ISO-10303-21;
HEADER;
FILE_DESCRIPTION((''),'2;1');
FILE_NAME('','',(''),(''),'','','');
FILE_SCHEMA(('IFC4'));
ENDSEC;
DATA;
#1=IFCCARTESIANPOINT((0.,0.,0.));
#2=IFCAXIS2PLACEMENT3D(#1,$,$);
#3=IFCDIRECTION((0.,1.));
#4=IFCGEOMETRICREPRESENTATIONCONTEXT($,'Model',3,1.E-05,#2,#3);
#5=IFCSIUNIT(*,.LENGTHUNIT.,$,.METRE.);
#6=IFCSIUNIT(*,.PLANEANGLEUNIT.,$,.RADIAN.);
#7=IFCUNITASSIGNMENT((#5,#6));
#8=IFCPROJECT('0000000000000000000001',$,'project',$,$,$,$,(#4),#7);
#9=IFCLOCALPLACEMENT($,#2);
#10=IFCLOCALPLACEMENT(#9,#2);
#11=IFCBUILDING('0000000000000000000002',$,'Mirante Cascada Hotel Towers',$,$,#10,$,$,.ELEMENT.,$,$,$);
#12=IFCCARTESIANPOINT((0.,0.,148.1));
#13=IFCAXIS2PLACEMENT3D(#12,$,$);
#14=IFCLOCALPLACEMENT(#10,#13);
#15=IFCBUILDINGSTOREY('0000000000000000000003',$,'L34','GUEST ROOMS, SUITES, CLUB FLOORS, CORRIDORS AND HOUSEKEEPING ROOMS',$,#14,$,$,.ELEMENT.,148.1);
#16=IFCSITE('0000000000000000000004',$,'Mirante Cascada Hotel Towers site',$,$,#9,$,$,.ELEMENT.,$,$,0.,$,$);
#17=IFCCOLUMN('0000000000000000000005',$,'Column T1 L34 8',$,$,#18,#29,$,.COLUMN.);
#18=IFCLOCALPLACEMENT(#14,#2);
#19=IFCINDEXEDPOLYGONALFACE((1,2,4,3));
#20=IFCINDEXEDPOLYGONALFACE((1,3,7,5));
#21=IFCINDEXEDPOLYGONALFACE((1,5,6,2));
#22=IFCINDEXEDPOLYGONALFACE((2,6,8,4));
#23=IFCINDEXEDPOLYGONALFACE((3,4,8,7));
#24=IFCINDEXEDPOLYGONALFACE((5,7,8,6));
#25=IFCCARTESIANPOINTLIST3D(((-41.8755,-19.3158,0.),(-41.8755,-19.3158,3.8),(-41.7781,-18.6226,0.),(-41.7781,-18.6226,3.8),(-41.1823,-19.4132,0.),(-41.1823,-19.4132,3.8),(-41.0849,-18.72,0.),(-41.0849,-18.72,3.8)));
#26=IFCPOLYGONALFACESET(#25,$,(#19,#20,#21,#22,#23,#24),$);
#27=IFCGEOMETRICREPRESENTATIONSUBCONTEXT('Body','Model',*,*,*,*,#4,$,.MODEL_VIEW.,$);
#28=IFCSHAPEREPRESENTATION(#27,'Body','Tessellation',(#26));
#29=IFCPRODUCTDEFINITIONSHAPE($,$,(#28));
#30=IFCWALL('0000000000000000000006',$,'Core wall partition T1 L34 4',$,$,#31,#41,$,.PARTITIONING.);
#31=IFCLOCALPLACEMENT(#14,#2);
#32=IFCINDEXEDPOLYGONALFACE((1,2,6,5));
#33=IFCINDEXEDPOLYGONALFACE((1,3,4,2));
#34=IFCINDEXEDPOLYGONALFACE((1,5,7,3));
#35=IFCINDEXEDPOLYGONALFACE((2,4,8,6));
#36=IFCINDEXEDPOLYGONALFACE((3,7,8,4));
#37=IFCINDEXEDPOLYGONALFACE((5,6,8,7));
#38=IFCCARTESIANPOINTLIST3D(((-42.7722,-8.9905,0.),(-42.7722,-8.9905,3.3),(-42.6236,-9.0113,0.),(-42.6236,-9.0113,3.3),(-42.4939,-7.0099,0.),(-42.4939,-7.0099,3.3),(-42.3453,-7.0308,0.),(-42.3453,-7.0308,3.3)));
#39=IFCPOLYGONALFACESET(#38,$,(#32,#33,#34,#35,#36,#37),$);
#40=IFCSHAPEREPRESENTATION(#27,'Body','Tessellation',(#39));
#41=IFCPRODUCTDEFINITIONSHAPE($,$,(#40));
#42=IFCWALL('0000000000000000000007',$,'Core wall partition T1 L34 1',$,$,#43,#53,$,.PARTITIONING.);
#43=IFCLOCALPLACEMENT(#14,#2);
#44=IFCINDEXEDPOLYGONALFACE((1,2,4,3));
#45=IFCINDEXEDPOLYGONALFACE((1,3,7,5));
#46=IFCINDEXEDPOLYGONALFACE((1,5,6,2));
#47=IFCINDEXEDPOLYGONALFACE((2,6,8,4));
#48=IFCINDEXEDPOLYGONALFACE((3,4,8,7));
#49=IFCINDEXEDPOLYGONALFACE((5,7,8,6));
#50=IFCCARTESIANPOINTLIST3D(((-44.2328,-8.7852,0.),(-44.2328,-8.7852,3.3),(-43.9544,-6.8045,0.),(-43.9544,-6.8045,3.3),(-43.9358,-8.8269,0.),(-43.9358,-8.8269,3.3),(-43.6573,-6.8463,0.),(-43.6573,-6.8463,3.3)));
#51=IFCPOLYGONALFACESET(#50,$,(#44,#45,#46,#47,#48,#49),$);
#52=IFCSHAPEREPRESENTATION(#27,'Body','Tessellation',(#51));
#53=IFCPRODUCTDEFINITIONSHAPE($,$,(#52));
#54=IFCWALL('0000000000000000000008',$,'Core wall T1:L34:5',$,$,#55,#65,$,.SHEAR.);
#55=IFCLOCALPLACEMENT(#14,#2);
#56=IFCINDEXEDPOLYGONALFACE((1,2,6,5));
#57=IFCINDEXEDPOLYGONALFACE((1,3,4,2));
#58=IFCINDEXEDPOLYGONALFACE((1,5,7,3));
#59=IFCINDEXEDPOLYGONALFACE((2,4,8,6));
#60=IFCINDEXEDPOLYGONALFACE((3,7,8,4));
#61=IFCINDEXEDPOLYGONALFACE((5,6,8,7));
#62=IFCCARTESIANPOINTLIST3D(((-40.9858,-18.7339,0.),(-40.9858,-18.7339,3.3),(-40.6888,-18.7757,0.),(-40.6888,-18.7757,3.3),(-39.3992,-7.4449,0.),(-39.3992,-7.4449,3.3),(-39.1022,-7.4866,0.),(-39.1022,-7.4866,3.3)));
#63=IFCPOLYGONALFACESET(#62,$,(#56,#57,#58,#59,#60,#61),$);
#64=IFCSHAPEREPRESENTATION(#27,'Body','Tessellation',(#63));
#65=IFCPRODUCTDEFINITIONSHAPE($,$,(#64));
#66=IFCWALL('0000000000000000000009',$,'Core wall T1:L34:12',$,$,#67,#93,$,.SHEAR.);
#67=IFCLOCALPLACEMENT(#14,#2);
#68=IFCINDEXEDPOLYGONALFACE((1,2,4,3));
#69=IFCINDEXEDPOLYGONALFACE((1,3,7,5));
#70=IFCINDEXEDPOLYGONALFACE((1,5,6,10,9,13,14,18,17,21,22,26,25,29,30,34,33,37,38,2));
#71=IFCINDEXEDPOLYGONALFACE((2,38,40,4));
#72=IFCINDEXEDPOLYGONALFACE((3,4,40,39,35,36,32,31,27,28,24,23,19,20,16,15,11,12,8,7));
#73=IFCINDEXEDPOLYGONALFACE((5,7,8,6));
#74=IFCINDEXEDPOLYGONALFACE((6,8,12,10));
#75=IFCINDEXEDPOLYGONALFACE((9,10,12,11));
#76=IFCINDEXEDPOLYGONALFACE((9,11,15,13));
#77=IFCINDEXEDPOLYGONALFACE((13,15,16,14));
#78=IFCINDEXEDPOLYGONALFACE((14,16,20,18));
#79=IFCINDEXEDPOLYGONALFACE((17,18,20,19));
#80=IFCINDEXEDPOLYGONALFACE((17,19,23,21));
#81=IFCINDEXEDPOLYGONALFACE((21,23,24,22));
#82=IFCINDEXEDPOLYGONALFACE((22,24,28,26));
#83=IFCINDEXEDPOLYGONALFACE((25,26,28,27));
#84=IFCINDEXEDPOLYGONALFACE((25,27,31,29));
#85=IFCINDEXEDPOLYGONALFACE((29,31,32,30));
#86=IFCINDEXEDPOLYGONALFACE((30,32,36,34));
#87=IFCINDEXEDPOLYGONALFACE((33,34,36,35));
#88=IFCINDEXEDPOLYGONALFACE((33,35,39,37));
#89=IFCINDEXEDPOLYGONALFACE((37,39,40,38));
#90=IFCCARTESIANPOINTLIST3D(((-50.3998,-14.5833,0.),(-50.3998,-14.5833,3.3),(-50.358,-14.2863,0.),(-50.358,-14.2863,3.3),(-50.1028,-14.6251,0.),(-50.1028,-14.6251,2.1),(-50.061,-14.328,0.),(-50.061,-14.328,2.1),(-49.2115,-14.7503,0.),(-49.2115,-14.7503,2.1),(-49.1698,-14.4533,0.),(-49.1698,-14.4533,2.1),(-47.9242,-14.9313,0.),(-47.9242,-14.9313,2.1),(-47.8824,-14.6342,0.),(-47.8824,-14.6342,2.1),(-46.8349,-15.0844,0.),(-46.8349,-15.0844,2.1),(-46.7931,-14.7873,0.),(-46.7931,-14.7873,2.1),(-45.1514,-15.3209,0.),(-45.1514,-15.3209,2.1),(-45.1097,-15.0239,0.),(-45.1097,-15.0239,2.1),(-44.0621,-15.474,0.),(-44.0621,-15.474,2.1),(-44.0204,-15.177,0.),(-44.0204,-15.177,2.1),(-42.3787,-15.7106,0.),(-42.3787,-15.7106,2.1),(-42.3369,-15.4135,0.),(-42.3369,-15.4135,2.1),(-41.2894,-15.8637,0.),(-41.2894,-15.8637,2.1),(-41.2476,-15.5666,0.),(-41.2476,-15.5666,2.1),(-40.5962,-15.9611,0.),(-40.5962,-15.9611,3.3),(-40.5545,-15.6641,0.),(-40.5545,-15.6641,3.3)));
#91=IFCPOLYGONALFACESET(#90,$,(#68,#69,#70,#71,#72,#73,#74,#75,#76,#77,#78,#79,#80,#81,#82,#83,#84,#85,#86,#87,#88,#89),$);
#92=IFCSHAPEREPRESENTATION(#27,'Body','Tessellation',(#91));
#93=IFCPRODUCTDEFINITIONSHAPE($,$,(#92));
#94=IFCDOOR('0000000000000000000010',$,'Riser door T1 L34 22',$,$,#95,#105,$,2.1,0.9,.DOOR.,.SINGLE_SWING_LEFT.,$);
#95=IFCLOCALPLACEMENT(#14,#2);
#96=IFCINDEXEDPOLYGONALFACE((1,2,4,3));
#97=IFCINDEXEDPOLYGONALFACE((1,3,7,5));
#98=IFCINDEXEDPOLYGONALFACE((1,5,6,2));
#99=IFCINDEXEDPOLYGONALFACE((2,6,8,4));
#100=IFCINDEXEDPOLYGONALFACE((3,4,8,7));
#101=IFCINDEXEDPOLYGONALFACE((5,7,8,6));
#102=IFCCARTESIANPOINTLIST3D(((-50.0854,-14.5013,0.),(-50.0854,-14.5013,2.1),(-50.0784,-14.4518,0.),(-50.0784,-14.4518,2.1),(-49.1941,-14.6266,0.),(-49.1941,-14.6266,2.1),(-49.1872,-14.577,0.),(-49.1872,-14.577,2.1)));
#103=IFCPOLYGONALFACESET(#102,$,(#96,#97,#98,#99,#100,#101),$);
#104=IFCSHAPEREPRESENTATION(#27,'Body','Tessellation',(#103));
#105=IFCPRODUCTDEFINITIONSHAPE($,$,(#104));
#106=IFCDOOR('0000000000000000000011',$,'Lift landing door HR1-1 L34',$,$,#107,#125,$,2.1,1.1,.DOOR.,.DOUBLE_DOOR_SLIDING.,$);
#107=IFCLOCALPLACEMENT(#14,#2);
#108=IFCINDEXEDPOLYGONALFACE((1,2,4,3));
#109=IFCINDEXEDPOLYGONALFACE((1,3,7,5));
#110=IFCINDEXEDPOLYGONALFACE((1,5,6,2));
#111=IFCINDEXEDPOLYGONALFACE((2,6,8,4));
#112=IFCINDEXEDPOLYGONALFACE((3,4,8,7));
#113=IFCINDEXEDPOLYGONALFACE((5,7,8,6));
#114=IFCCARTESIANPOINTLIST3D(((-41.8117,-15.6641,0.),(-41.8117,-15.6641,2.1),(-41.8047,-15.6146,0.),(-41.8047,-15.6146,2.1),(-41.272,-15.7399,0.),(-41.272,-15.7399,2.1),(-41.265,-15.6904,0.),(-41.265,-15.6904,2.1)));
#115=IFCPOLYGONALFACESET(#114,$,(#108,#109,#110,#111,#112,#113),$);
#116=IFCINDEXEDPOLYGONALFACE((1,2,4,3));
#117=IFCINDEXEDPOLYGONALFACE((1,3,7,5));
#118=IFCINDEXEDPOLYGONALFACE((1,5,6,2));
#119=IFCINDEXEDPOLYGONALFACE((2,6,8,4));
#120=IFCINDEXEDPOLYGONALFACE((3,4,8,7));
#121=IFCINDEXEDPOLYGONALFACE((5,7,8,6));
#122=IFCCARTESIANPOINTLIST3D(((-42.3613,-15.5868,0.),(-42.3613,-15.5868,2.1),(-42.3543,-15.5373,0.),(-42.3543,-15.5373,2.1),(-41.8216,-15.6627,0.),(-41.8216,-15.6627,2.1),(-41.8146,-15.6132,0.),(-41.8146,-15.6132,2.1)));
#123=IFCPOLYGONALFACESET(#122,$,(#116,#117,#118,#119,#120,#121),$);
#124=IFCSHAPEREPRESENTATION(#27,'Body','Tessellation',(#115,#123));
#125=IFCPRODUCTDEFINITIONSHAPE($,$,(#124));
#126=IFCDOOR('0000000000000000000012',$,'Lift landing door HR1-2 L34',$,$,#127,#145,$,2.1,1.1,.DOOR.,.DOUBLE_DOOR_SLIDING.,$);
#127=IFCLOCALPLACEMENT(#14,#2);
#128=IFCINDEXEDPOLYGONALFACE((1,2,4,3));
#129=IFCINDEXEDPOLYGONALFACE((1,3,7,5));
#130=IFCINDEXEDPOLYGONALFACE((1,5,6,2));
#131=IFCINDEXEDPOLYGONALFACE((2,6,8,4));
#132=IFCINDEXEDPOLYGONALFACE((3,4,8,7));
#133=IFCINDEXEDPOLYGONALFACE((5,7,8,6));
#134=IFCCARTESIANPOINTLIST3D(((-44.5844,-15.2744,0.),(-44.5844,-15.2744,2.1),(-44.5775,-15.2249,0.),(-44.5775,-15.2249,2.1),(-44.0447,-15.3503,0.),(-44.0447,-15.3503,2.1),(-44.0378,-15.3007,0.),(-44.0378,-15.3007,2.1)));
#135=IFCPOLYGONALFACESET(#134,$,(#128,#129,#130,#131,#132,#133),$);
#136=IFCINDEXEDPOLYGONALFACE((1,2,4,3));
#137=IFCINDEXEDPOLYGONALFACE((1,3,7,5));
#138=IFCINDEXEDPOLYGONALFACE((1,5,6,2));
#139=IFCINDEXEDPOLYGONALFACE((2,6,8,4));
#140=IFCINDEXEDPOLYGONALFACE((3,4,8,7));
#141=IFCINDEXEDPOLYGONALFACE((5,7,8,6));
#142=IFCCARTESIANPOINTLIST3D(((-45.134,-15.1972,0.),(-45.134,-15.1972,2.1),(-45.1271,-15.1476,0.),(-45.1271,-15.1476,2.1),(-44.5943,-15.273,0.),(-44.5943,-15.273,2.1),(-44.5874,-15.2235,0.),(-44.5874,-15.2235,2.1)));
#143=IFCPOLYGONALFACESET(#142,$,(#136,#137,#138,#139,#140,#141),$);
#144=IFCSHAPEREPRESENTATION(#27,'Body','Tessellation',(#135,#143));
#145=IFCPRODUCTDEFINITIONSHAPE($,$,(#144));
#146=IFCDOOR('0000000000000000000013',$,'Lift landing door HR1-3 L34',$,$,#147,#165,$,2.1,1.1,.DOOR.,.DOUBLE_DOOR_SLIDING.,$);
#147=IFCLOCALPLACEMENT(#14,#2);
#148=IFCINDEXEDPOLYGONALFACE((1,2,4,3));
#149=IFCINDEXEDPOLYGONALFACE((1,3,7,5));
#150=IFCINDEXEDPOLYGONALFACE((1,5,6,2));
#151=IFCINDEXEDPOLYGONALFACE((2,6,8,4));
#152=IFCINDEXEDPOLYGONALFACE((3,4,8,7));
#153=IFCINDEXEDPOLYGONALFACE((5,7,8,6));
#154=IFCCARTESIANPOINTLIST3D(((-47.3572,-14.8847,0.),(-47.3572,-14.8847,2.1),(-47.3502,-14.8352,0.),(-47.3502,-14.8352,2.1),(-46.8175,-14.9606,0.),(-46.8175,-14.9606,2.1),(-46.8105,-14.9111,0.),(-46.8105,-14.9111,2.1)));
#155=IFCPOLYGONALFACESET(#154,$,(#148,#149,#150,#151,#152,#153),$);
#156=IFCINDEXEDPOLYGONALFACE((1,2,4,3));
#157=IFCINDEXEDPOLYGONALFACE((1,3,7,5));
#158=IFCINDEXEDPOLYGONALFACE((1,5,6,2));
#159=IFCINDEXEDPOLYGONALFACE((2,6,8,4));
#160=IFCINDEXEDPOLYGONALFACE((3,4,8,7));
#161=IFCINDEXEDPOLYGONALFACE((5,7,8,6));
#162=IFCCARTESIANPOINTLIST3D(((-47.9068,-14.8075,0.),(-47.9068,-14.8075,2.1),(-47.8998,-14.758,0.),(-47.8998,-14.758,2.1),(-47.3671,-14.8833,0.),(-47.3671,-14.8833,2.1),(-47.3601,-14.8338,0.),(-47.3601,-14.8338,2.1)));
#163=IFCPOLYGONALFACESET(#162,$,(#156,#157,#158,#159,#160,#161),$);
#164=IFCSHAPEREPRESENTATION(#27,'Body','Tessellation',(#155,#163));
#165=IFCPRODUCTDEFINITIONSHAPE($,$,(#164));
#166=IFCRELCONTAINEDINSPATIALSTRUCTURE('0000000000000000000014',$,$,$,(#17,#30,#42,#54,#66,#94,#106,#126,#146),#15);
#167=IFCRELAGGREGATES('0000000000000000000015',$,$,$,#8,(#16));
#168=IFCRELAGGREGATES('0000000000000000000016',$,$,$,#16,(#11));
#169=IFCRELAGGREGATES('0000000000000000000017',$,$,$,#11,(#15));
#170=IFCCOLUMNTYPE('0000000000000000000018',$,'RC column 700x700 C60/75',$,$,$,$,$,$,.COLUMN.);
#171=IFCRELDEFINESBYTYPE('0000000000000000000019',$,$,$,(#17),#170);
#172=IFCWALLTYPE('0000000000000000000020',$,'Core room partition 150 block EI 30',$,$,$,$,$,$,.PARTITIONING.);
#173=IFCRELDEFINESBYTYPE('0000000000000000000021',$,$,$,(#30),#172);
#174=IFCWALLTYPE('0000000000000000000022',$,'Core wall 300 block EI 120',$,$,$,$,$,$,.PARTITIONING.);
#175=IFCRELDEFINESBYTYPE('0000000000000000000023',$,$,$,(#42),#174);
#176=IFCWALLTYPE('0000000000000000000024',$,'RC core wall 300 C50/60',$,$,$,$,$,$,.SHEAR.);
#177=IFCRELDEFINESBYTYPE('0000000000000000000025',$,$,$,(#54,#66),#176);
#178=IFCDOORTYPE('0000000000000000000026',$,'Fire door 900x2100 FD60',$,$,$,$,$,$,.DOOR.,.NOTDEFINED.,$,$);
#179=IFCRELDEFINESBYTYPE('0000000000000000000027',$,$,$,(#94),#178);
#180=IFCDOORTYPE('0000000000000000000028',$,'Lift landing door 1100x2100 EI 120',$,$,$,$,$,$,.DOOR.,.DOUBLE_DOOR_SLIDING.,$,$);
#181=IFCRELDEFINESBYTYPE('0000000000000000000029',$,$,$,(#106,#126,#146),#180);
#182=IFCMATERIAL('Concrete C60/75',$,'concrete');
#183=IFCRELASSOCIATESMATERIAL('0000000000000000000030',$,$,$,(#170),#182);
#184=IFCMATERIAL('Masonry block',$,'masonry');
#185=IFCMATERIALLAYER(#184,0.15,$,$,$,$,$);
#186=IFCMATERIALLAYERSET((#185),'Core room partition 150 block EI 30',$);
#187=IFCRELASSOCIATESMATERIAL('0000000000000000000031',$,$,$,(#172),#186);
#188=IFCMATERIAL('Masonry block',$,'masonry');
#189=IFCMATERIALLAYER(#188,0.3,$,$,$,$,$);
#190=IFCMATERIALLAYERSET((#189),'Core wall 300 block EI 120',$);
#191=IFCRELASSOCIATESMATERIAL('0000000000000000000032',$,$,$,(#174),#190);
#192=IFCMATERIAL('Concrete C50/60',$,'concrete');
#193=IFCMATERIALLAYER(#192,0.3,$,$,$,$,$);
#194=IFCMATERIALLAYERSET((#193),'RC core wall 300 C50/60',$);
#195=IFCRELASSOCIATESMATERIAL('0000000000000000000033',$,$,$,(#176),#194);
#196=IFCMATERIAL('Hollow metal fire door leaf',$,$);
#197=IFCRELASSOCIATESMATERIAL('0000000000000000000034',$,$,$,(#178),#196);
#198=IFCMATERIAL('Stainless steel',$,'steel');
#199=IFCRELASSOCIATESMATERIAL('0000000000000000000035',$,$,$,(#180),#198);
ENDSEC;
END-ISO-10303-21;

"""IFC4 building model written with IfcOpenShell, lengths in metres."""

from ifc_helpers import new_model, si_unit, direction, frame, frame_2d, origin, origin_2d, place, context, subcontext, project, spatial, rectangle, extrude, material, layer, layer_set, material_profile, profile_set, type_object, element, fill, save


model = new_model("IFC4")

# Units and contexts
model_context = context("Model", 3, precision=1e-05, world=origin(), true_north=direction((0.0, 1.0)))
body_context = subcontext(model_context, "Body", "Model", "MODEL_VIEW")
ifc_project = project(units=[si_unit("LENGTHUNIT", "METRE"), si_unit("PLANEANGLEUNIT", "RADIAN")], contexts=[model_context])

# Site, building, storey
site_placement = place(None, origin())
site = spatial("IfcSite", under=ifc_project, at=site_placement, Name="Mirante Cascada Hotel Towers site", CompositionType="ELEMENT", RefElevation=0.0)
building_placement = place(site_placement, origin())
building = spatial("IfcBuilding", under=site, at=building_placement, Name="Mirante Cascada Hotel Towers", CompositionType="ELEMENT")
storey_placement = place(building_placement, frame((0.0, 0.0, 148.1)))
storey = spatial("IfcBuildingStorey", under=building, at=storey_placement, Name="L34", Description="GUEST ROOMS, SUITES, CLUB FLOORS, CORRIDORS AND HOUSEKEEPING ROOMS", CompositionType="ELEMENT", Elevation=148.1)

# Column
ifc_material_1 = material(Name="Concrete C60/75", Category="concrete")
ifc_material_profile = material_profile(ifc_material_1, rectangle(XDim=0.7, YDim=0.7, at=origin_2d()), Name="RC column 700x700 C60/75")
ifc_profile_set = profile_set([ifc_material_profile], Name="Concrete C60/75")
column_type = type_object("IfcColumnType", Name="RC column 700x700 C60/75", PredefinedType="COLUMN", material=ifc_profile_set)
column_placement = place(storey_placement, frame((-41.4802, -19.0179, 0.0), z_axis=(0.0, 0.0, 1.0), x_axis=(-0.990268, 0.139173, 0.0)))
element("IfcColumn", 1, at=column_placement, inside=storey, type_object=column_type, Name="Column T1 L34 8", PredefinedType="COLUMN", context=body_context, shape_type="SweptSolid", body=[
    extrude(rectangle(XDim=0.7, YDim=0.7, at=origin_2d()), origin(), (0.0, 0.0, 1.0), 3.8),
])

# Walls
ifc_material_2 = material(Name="Masonry block", Category="masonry")
ifc_layer_1 = layer(ifc_material_2, 0.15)
ifc_layer_set_1 = layer_set([ifc_layer_1], Name="Core room partition 150 block EI 30")
wall_type_1 = type_object("IfcWallType", Name="Core room partition 150 block EI 30", PredefinedType="PARTITIONING", material=ifc_layer_set_1)
wall_1_placement = place(storey_placement, frame((-42.6979, -9.0009, 0.0), z_axis=(0.0, 0.0, 1.0), x_axis=(0.139153, 0.990271, 0.0)))
element("IfcWall", 2, at=wall_1_placement, inside=storey, type_object=wall_type_1, Name="Core wall partition T1 L34 4", PredefinedType="PARTITIONING", context=body_context, shape_type="SweptSolid", body=[
    extrude(rectangle(XDim=2.0, YDim=0.15, at=frame_2d((1.0, 0.0))), origin(), (0.0, 0.0, 1.0), 3.3),
])
ifc_material_3 = material(Name="Masonry block", Category="masonry")
ifc_layer_2 = layer(ifc_material_3, 0.3)
ifc_layer_set_2 = layer_set([ifc_layer_2], Name="Core wall 300 block EI 120")
wall_type_2 = type_object("IfcWallType", Name="Core wall 300 block EI 120", PredefinedType="PARTITIONING", material=ifc_layer_set_2)
wall_2_placement = place(storey_placement, frame((-44.0843, -8.8061, 0.0), z_axis=(0.0, 0.0, 1.0), x_axis=(0.139195, 0.990265, 0.0)))
element("IfcWall", 3, at=wall_2_placement, inside=storey, type_object=wall_type_2, Name="Core wall partition T1 L34 1", PredefinedType="PARTITIONING", context=body_context, shape_type="SweptSolid", body=[
    extrude(rectangle(XDim=2.0001, YDim=0.3, at=frame_2d((1.0001, 0.0))), origin(), (0.0, 0.0, 1.0), 3.3),
])
ifc_material_4 = material(Name="Concrete C50/60", Category="concrete")
ifc_layer_3 = layer(ifc_material_4, 0.3)
ifc_layer_set_3 = layer_set([ifc_layer_3], Name="RC core wall 300 C50/60")
wall_type_3 = type_object("IfcWallType", Name="RC core wall 300 C50/60", PredefinedType="SHEAR", material=ifc_layer_set_3)
wall_3_placement = place(storey_placement, frame((-40.8373, -18.7548, 0.0), z_axis=(0.0, 0.0, 1.0), x_axis=(0.139175, 0.990268, 0.0)))
element("IfcWall", 4, at=wall_3_placement, inside=storey, type_object=wall_type_3, Name="Core wall T1:L34:5", PredefinedType="SHEAR", context=body_context, shape_type="SweptSolid", body=[
    extrude(rectangle(XDim=11.4, YDim=0.3, at=frame_2d((5.7, 0.0))), origin(), (0.0, 0.0, 1.0), 3.3),
])

# Wall, openings, doors
wall_4_placement = place(storey_placement, frame((-40.5753, -15.8126, 0.0), z_axis=(0.0, 0.0, 1.0), x_axis=(-0.990268, 0.139173, 0.0)))
wall_4 = element("IfcWall", 5, at=wall_4_placement, inside=storey, type_object=wall_type_3, Name="Core wall T1:L34:12", PredefinedType="SHEAR", context=body_context, shape_type="SweptSolid", body=[
    extrude(rectangle(XDim=9.8999, YDim=0.3, at=frame_2d((4.95, 0.0))), origin(), (0.0, 0.0, 1.0), 3.3),
])
opening_1_placement = place(wall_4_placement, frame((0.7, 0.0, 0.0)))
opening_1 = element("IfcOpeningElement", 6, at=opening_1_placement, cuts=wall_4, PredefinedType="OPENING", context=body_context, shape_type="SweptSolid", body=[
    extrude(rectangle(XDim=1.1, YDim=2.1, at=frame_2d((0.55, 1.05))), frame((0.0, 0.15, 0.0), z_axis=(0.0, -1.0, 0.0), x_axis=(1.0, 0.0, 0.0)), (0.0, 0.0, 1.0), 0.3),
])
opening_2_placement = place(wall_4_placement, frame((3.5, 0.0, 0.0)))
opening_2 = element("IfcOpeningElement", 7, at=opening_2_placement, cuts=wall_4, PredefinedType="OPENING", context=body_context, shape_type="SweptSolid", body=[
    extrude(rectangle(XDim=1.1, YDim=2.1, at=frame_2d((0.55, 1.05))), frame((0.0, 0.15, 0.0), z_axis=(0.0, -1.0, 0.0), x_axis=(1.0, 0.0, 0.0)), (0.0, 0.0, 1.0), 0.3),
])
opening_3_placement = place(wall_4_placement, frame((6.3, 0.0, 0.0)))
opening_3 = element("IfcOpeningElement", 8, at=opening_3_placement, cuts=wall_4, PredefinedType="OPENING", context=body_context, shape_type="SweptSolid", body=[
    extrude(rectangle(XDim=1.1, YDim=2.1, at=frame_2d((0.55, 1.05))), frame((0.0, 0.15, 0.0), z_axis=(0.0, -1.0, 0.0), x_axis=(1.0, 0.0, 0.0)), (0.0, 0.0, 1.0), 0.3),
])
opening_4_placement = place(wall_4_placement, frame((8.7, 0.0, 0.0)))
opening_4 = element("IfcOpeningElement", 9, at=opening_4_placement, cuts=wall_4, PredefinedType="OPENING", context=body_context, shape_type="SweptSolid", body=[
    extrude(rectangle(XDim=0.9, YDim=2.1, at=frame_2d((0.45, 1.05))), frame((0.0, 0.15, 0.0), z_axis=(0.0, -1.0, 0.0), x_axis=(1.0, 0.0, 0.0)), (0.0, 0.0, 1.0), 0.3),
])
ifc_material_5 = material(Name="Hollow metal fire door leaf")
door_type_1 = type_object("IfcDoorType", Name="Fire door 900x2100 FD60", OperationType="NOTDEFINED", PredefinedType="DOOR", material=ifc_material_5)
door_1_placement = place(opening_4_placement, origin())
door_1 = element("IfcDoor", 10, at=door_1_placement, inside=storey, type_object=door_type_1, Name="Riser door T1 L34 22", OperationType="SINGLE_SWING_LEFT", OverallHeight=2.1, OverallWidth=0.9, PredefinedType="DOOR", context=body_context, shape_type="SweptSolid", body=[
    extrude(rectangle(XDim=0.9, YDim=2.1, at=frame_2d((0.45, 1.05))), frame((0.0, 0.025, 0.0), z_axis=(0.0, -1.0, 0.0), x_axis=(1.0, 0.0, 0.0)), (0.0, 0.0, 1.0), 0.05),
])
fill(opening_4, door_1)
ifc_material_6 = material(Name="Stainless steel", Category="steel")
door_type_2 = type_object("IfcDoorType", Name="Lift landing door 1100x2100 EI 120", OperationType="DOUBLE_DOOR_SLIDING", PredefinedType="DOOR", material=ifc_material_6)
door_2_placement = place(opening_1_placement, origin())
door_2 = element("IfcDoor", 11, at=door_2_placement, inside=storey, type_object=door_type_2, Name="Lift landing door HR1-1 L34", OperationType="DOUBLE_DOOR_SLIDING", OverallHeight=2.1, OverallWidth=1.1, PredefinedType="DOOR", context=body_context, shape_type="SweptSolid", body=[
    extrude(rectangle(XDim=0.545, YDim=2.1, at=frame_2d((0.2725, 1.05))), frame((0.0, 0.025, 0.0), z_axis=(0.0, -1.0, 0.0), x_axis=(1.0, 0.0, 0.0)), (0.0, 0.0, 1.0), 0.05),
    extrude(rectangle(XDim=0.545, YDim=2.1, at=frame_2d((0.8275, 1.05))), frame((0.0, 0.025, 0.0), z_axis=(0.0, -1.0, 0.0), x_axis=(1.0, 0.0, 0.0)), (0.0, 0.0, 1.0), 0.05),
])
fill(opening_1, door_2)
door_3_placement = place(opening_2_placement, origin())
door_3 = element("IfcDoor", 12, at=door_3_placement, inside=storey, type_object=door_type_2, Name="Lift landing door HR1-2 L34", OperationType="DOUBLE_DOOR_SLIDING", OverallHeight=2.1, OverallWidth=1.1, PredefinedType="DOOR", context=body_context, shape_type="SweptSolid", body=[
    extrude(rectangle(XDim=0.545, YDim=2.1, at=frame_2d((0.2725, 1.05))), frame((0.0, 0.025, 0.0), z_axis=(0.0, -1.0, 0.0), x_axis=(1.0, 0.0, 0.0)), (0.0, 0.0, 1.0), 0.05),
    extrude(rectangle(XDim=0.545, YDim=2.1, at=frame_2d((0.8275, 1.05))), frame((0.0, 0.025, 0.0), z_axis=(0.0, -1.0, 0.0), x_axis=(1.0, 0.0, 0.0)), (0.0, 0.0, 1.0), 0.05),
])
fill(opening_2, door_3)
door_4_placement = place(opening_3_placement, origin())
door_4 = element("IfcDoor", 13, at=door_4_placement, inside=storey, type_object=door_type_2, Name="Lift landing door HR1-3 L34", OperationType="DOUBLE_DOOR_SLIDING", OverallHeight=2.1, OverallWidth=1.1, PredefinedType="DOOR", context=body_context, shape_type="SweptSolid", body=[
    extrude(rectangle(XDim=0.545, YDim=2.1, at=frame_2d((0.2725, 1.05))), frame((0.0, 0.025, 0.0), z_axis=(0.0, -1.0, 0.0), x_axis=(1.0, 0.0, 0.0)), (0.0, 0.0, 1.0), 0.05),
    extrude(rectangle(XDim=0.545, YDim=2.1, at=frame_2d((0.8275, 1.05))), frame((0.0, 0.025, 0.0), z_axis=(0.0, -1.0, 0.0), x_axis=(1.0, 0.0, 0.0)), (0.0, 0.0, 1.0), 0.05),
])
fill(opening_3, door_4)

save(model, "model.ifc")
